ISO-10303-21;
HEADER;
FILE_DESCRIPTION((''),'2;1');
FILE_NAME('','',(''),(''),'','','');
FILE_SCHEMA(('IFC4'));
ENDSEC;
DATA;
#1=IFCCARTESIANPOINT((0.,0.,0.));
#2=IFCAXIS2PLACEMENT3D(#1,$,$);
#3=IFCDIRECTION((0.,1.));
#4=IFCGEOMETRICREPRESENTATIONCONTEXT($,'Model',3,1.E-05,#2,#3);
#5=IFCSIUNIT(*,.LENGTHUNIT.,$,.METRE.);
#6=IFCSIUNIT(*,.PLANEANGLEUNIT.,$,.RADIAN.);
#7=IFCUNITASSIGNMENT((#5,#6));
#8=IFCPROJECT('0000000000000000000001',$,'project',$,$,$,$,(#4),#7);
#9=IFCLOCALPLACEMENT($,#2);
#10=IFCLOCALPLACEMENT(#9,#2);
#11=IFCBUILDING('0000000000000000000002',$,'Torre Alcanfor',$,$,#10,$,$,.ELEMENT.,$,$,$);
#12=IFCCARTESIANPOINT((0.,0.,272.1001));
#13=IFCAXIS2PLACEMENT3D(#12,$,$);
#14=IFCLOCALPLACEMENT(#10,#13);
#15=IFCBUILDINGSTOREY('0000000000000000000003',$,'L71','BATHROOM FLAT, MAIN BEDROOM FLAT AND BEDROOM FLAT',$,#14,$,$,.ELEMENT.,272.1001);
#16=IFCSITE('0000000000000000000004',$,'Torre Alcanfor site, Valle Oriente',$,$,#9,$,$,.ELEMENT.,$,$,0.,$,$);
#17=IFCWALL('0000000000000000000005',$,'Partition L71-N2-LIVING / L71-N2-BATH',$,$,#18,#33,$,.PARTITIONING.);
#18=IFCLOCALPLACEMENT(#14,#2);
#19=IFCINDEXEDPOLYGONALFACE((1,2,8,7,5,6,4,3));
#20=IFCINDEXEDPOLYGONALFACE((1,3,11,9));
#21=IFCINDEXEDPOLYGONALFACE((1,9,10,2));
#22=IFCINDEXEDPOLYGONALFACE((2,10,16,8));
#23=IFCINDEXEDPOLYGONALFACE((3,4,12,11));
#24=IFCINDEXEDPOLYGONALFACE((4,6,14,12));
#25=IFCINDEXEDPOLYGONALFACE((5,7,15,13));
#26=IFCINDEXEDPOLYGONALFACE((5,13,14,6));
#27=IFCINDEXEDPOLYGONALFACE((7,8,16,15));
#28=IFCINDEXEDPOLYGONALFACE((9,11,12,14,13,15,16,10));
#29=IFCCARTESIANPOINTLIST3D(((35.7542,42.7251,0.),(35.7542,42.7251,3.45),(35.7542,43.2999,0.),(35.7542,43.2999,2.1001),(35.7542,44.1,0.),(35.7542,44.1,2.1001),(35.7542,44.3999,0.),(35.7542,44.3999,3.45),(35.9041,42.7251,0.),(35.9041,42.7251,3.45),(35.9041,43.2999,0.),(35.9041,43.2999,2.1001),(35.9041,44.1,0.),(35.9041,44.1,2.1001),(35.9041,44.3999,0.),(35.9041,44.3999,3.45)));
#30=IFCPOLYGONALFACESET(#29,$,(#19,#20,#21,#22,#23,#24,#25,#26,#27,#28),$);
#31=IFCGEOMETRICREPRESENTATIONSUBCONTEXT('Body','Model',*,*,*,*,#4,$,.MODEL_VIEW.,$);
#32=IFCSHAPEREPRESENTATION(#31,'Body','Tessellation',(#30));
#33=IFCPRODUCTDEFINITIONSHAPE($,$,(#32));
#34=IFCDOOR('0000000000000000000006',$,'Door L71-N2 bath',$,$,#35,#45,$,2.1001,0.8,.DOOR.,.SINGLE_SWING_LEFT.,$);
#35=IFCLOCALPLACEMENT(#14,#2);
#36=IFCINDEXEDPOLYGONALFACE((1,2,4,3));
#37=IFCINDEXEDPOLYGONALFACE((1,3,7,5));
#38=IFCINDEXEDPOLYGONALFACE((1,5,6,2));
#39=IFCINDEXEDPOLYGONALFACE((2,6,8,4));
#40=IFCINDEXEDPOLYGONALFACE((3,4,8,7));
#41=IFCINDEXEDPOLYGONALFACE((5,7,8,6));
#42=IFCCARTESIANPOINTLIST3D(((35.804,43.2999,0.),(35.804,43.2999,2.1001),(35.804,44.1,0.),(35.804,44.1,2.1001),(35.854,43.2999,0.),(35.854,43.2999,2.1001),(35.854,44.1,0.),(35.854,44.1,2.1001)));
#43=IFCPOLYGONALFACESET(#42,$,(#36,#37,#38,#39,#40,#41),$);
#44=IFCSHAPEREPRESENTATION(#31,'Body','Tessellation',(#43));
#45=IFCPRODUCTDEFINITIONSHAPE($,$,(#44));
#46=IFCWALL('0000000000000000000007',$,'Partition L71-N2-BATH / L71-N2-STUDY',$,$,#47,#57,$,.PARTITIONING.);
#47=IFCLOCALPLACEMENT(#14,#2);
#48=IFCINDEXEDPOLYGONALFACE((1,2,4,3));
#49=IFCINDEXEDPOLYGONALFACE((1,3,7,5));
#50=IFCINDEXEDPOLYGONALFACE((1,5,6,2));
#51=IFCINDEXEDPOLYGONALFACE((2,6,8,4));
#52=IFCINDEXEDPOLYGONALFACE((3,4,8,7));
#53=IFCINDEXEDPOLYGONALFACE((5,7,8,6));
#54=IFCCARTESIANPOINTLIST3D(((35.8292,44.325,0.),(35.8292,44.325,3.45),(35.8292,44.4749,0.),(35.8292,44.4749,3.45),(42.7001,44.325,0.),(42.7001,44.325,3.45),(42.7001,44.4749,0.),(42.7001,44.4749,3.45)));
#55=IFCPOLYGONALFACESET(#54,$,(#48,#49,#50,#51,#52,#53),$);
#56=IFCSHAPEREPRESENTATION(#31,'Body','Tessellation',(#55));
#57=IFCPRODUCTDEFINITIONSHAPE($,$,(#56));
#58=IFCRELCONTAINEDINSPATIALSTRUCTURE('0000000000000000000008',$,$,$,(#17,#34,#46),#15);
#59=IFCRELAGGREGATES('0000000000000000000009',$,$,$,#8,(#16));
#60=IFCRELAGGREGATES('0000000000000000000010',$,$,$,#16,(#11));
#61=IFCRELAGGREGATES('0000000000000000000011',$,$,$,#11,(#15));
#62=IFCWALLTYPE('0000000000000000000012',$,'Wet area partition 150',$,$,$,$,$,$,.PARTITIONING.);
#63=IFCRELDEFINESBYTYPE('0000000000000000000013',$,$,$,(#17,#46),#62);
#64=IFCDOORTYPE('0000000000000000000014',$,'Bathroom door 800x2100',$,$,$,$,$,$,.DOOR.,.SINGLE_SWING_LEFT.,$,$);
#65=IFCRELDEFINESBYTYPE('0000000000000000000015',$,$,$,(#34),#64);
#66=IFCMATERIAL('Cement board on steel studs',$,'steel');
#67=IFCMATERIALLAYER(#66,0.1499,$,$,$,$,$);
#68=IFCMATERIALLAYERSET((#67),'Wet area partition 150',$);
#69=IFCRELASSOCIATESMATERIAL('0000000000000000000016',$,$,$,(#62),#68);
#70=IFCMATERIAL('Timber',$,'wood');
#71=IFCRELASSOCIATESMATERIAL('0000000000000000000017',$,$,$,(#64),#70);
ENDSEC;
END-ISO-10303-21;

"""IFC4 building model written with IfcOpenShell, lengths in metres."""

from ifc_helpers import new_model, si_unit, direction, frame, frame_2d, origin, place, context, subcontext, project, spatial, rectangle, extrude, material, layer, layer_set, type_object, element, fill, save


model = new_model("IFC4")

# Units and contexts
model_context = context("Model", 3, precision=1e-05, world=origin(), true_north=direction((0.0, 1.0)))
body_context = subcontext(model_context, "Body", "Model", "MODEL_VIEW")
ifc_project = project(units=[si_unit("LENGTHUNIT", "METRE"), si_unit("PLANEANGLEUNIT", "RADIAN")], contexts=[model_context])

# Site, building, storey
site_placement = place(None, origin())
site = spatial("IfcSite", under=ifc_project, at=site_placement, Name="Torre Alcanfor site, Valle Oriente", CompositionType="ELEMENT", RefElevation=0.0)
building_placement = place(site_placement, origin())
building = spatial("IfcBuilding", under=site, at=building_placement, Name="Torre Alcanfor", CompositionType="ELEMENT")
storey_placement = place(building_placement, frame((0.0, 0.0, 272.1001)))
storey = spatial("IfcBuildingStorey", under=building, at=storey_placement, Name="L71", Description="BATHROOM FLAT, MAIN BEDROOM FLAT AND BEDROOM FLAT", CompositionType="ELEMENT", Elevation=272.1001)

# Wall, opening, door
ifc_material_1 = material(Name="Cement board on steel studs", Category="steel")
ifc_layer_1 = layer(ifc_material_1, 0.1499)
ifc_layer_set_1 = layer_set([ifc_layer_1], Name="Wet area partition 150")
wall_type_1 = type_object("IfcWallType", Name="Wet area partition 150", PredefinedType="PARTITIONING", material=ifc_layer_set_1)
wall_1_placement = place(storey_placement, frame((35.8291, 44.3999, 0.0), z_axis=(0.0, 0.0, 1.0), x_axis=(0.0, -1.0, 0.0)))
wall_1 = element("IfcWall", 1, at=wall_1_placement, inside=storey, type_object=wall_type_1, Name="Partition L71-N2-LIVING / L71-N2-BATH", PredefinedType="PARTITIONING", context=body_context, shape_type="SweptSolid", body=[
    extrude(rectangle(XDim=1.6748, YDim=0.1499, at=frame_2d((0.8374, 0.0))), origin(), (0.0, 0.0, 1.0), 3.45),
])
opening_1_placement = place(wall_1_placement, frame((0.3, 0.0, 0.0)))
opening_1 = element("IfcOpeningElement", 2, at=opening_1_placement, cuts=wall_1, PredefinedType="OPENING", context=body_context, shape_type="SweptSolid", body=[
    extrude(rectangle(XDim=0.8, YDim=2.1001, at=frame_2d((0.3999, 1.05))), frame((0.0, 0.085, 0.0), z_axis=(0.0, -1.0, 0.0), x_axis=(1.0, 0.0, 0.0)), (0.0, 0.0, 1.0), 0.1699),
])
ifc_material_2 = material(Name="Timber", Category="wood")
door_type_1 = type_object("IfcDoorType", Name="Bathroom door 800x2100", OperationType="SINGLE_SWING_LEFT", PredefinedType="DOOR", material=ifc_material_2)
door_1_placement = place(opening_1_placement, origin())
door_1 = element("IfcDoor", 3, at=door_1_placement, inside=storey, type_object=door_type_1, Name="Door L71-N2 bath", OperationType="SINGLE_SWING_LEFT", OverallHeight=2.1001, OverallWidth=0.8, PredefinedType="DOOR", context=body_context, shape_type="SweptSolid", body=[
    extrude(rectangle(XDim=0.8, YDim=2.1001, at=frame_2d((0.3999, 1.05))), frame((0.0, 0.0249, 0.0), z_axis=(0.0, -1.0, 0.0), x_axis=(1.0, 0.0, 0.0)), (0.0, 0.0, 1.0), 0.05),
])
fill(opening_1, door_1)

# Wall
wall_2_placement = place(storey_placement, frame((35.8291, 44.3999, 0.0), z_axis=(0.0, 0.0, 1.0), x_axis=(1.0, 0.0, 0.0)))
element("IfcWall", 4, at=wall_2_placement, inside=storey, type_object=wall_type_1, Name="Partition L71-N2-BATH / L71-N2-STUDY", PredefinedType="PARTITIONING", context=body_context, shape_type="SweptSolid", body=[
    extrude(rectangle(XDim=6.8708, YDim=0.1499, at=frame_2d((3.4355, 0.0))), origin(), (0.0, 0.0, 1.0), 3.45),
])

save(model, "model.ifc")
